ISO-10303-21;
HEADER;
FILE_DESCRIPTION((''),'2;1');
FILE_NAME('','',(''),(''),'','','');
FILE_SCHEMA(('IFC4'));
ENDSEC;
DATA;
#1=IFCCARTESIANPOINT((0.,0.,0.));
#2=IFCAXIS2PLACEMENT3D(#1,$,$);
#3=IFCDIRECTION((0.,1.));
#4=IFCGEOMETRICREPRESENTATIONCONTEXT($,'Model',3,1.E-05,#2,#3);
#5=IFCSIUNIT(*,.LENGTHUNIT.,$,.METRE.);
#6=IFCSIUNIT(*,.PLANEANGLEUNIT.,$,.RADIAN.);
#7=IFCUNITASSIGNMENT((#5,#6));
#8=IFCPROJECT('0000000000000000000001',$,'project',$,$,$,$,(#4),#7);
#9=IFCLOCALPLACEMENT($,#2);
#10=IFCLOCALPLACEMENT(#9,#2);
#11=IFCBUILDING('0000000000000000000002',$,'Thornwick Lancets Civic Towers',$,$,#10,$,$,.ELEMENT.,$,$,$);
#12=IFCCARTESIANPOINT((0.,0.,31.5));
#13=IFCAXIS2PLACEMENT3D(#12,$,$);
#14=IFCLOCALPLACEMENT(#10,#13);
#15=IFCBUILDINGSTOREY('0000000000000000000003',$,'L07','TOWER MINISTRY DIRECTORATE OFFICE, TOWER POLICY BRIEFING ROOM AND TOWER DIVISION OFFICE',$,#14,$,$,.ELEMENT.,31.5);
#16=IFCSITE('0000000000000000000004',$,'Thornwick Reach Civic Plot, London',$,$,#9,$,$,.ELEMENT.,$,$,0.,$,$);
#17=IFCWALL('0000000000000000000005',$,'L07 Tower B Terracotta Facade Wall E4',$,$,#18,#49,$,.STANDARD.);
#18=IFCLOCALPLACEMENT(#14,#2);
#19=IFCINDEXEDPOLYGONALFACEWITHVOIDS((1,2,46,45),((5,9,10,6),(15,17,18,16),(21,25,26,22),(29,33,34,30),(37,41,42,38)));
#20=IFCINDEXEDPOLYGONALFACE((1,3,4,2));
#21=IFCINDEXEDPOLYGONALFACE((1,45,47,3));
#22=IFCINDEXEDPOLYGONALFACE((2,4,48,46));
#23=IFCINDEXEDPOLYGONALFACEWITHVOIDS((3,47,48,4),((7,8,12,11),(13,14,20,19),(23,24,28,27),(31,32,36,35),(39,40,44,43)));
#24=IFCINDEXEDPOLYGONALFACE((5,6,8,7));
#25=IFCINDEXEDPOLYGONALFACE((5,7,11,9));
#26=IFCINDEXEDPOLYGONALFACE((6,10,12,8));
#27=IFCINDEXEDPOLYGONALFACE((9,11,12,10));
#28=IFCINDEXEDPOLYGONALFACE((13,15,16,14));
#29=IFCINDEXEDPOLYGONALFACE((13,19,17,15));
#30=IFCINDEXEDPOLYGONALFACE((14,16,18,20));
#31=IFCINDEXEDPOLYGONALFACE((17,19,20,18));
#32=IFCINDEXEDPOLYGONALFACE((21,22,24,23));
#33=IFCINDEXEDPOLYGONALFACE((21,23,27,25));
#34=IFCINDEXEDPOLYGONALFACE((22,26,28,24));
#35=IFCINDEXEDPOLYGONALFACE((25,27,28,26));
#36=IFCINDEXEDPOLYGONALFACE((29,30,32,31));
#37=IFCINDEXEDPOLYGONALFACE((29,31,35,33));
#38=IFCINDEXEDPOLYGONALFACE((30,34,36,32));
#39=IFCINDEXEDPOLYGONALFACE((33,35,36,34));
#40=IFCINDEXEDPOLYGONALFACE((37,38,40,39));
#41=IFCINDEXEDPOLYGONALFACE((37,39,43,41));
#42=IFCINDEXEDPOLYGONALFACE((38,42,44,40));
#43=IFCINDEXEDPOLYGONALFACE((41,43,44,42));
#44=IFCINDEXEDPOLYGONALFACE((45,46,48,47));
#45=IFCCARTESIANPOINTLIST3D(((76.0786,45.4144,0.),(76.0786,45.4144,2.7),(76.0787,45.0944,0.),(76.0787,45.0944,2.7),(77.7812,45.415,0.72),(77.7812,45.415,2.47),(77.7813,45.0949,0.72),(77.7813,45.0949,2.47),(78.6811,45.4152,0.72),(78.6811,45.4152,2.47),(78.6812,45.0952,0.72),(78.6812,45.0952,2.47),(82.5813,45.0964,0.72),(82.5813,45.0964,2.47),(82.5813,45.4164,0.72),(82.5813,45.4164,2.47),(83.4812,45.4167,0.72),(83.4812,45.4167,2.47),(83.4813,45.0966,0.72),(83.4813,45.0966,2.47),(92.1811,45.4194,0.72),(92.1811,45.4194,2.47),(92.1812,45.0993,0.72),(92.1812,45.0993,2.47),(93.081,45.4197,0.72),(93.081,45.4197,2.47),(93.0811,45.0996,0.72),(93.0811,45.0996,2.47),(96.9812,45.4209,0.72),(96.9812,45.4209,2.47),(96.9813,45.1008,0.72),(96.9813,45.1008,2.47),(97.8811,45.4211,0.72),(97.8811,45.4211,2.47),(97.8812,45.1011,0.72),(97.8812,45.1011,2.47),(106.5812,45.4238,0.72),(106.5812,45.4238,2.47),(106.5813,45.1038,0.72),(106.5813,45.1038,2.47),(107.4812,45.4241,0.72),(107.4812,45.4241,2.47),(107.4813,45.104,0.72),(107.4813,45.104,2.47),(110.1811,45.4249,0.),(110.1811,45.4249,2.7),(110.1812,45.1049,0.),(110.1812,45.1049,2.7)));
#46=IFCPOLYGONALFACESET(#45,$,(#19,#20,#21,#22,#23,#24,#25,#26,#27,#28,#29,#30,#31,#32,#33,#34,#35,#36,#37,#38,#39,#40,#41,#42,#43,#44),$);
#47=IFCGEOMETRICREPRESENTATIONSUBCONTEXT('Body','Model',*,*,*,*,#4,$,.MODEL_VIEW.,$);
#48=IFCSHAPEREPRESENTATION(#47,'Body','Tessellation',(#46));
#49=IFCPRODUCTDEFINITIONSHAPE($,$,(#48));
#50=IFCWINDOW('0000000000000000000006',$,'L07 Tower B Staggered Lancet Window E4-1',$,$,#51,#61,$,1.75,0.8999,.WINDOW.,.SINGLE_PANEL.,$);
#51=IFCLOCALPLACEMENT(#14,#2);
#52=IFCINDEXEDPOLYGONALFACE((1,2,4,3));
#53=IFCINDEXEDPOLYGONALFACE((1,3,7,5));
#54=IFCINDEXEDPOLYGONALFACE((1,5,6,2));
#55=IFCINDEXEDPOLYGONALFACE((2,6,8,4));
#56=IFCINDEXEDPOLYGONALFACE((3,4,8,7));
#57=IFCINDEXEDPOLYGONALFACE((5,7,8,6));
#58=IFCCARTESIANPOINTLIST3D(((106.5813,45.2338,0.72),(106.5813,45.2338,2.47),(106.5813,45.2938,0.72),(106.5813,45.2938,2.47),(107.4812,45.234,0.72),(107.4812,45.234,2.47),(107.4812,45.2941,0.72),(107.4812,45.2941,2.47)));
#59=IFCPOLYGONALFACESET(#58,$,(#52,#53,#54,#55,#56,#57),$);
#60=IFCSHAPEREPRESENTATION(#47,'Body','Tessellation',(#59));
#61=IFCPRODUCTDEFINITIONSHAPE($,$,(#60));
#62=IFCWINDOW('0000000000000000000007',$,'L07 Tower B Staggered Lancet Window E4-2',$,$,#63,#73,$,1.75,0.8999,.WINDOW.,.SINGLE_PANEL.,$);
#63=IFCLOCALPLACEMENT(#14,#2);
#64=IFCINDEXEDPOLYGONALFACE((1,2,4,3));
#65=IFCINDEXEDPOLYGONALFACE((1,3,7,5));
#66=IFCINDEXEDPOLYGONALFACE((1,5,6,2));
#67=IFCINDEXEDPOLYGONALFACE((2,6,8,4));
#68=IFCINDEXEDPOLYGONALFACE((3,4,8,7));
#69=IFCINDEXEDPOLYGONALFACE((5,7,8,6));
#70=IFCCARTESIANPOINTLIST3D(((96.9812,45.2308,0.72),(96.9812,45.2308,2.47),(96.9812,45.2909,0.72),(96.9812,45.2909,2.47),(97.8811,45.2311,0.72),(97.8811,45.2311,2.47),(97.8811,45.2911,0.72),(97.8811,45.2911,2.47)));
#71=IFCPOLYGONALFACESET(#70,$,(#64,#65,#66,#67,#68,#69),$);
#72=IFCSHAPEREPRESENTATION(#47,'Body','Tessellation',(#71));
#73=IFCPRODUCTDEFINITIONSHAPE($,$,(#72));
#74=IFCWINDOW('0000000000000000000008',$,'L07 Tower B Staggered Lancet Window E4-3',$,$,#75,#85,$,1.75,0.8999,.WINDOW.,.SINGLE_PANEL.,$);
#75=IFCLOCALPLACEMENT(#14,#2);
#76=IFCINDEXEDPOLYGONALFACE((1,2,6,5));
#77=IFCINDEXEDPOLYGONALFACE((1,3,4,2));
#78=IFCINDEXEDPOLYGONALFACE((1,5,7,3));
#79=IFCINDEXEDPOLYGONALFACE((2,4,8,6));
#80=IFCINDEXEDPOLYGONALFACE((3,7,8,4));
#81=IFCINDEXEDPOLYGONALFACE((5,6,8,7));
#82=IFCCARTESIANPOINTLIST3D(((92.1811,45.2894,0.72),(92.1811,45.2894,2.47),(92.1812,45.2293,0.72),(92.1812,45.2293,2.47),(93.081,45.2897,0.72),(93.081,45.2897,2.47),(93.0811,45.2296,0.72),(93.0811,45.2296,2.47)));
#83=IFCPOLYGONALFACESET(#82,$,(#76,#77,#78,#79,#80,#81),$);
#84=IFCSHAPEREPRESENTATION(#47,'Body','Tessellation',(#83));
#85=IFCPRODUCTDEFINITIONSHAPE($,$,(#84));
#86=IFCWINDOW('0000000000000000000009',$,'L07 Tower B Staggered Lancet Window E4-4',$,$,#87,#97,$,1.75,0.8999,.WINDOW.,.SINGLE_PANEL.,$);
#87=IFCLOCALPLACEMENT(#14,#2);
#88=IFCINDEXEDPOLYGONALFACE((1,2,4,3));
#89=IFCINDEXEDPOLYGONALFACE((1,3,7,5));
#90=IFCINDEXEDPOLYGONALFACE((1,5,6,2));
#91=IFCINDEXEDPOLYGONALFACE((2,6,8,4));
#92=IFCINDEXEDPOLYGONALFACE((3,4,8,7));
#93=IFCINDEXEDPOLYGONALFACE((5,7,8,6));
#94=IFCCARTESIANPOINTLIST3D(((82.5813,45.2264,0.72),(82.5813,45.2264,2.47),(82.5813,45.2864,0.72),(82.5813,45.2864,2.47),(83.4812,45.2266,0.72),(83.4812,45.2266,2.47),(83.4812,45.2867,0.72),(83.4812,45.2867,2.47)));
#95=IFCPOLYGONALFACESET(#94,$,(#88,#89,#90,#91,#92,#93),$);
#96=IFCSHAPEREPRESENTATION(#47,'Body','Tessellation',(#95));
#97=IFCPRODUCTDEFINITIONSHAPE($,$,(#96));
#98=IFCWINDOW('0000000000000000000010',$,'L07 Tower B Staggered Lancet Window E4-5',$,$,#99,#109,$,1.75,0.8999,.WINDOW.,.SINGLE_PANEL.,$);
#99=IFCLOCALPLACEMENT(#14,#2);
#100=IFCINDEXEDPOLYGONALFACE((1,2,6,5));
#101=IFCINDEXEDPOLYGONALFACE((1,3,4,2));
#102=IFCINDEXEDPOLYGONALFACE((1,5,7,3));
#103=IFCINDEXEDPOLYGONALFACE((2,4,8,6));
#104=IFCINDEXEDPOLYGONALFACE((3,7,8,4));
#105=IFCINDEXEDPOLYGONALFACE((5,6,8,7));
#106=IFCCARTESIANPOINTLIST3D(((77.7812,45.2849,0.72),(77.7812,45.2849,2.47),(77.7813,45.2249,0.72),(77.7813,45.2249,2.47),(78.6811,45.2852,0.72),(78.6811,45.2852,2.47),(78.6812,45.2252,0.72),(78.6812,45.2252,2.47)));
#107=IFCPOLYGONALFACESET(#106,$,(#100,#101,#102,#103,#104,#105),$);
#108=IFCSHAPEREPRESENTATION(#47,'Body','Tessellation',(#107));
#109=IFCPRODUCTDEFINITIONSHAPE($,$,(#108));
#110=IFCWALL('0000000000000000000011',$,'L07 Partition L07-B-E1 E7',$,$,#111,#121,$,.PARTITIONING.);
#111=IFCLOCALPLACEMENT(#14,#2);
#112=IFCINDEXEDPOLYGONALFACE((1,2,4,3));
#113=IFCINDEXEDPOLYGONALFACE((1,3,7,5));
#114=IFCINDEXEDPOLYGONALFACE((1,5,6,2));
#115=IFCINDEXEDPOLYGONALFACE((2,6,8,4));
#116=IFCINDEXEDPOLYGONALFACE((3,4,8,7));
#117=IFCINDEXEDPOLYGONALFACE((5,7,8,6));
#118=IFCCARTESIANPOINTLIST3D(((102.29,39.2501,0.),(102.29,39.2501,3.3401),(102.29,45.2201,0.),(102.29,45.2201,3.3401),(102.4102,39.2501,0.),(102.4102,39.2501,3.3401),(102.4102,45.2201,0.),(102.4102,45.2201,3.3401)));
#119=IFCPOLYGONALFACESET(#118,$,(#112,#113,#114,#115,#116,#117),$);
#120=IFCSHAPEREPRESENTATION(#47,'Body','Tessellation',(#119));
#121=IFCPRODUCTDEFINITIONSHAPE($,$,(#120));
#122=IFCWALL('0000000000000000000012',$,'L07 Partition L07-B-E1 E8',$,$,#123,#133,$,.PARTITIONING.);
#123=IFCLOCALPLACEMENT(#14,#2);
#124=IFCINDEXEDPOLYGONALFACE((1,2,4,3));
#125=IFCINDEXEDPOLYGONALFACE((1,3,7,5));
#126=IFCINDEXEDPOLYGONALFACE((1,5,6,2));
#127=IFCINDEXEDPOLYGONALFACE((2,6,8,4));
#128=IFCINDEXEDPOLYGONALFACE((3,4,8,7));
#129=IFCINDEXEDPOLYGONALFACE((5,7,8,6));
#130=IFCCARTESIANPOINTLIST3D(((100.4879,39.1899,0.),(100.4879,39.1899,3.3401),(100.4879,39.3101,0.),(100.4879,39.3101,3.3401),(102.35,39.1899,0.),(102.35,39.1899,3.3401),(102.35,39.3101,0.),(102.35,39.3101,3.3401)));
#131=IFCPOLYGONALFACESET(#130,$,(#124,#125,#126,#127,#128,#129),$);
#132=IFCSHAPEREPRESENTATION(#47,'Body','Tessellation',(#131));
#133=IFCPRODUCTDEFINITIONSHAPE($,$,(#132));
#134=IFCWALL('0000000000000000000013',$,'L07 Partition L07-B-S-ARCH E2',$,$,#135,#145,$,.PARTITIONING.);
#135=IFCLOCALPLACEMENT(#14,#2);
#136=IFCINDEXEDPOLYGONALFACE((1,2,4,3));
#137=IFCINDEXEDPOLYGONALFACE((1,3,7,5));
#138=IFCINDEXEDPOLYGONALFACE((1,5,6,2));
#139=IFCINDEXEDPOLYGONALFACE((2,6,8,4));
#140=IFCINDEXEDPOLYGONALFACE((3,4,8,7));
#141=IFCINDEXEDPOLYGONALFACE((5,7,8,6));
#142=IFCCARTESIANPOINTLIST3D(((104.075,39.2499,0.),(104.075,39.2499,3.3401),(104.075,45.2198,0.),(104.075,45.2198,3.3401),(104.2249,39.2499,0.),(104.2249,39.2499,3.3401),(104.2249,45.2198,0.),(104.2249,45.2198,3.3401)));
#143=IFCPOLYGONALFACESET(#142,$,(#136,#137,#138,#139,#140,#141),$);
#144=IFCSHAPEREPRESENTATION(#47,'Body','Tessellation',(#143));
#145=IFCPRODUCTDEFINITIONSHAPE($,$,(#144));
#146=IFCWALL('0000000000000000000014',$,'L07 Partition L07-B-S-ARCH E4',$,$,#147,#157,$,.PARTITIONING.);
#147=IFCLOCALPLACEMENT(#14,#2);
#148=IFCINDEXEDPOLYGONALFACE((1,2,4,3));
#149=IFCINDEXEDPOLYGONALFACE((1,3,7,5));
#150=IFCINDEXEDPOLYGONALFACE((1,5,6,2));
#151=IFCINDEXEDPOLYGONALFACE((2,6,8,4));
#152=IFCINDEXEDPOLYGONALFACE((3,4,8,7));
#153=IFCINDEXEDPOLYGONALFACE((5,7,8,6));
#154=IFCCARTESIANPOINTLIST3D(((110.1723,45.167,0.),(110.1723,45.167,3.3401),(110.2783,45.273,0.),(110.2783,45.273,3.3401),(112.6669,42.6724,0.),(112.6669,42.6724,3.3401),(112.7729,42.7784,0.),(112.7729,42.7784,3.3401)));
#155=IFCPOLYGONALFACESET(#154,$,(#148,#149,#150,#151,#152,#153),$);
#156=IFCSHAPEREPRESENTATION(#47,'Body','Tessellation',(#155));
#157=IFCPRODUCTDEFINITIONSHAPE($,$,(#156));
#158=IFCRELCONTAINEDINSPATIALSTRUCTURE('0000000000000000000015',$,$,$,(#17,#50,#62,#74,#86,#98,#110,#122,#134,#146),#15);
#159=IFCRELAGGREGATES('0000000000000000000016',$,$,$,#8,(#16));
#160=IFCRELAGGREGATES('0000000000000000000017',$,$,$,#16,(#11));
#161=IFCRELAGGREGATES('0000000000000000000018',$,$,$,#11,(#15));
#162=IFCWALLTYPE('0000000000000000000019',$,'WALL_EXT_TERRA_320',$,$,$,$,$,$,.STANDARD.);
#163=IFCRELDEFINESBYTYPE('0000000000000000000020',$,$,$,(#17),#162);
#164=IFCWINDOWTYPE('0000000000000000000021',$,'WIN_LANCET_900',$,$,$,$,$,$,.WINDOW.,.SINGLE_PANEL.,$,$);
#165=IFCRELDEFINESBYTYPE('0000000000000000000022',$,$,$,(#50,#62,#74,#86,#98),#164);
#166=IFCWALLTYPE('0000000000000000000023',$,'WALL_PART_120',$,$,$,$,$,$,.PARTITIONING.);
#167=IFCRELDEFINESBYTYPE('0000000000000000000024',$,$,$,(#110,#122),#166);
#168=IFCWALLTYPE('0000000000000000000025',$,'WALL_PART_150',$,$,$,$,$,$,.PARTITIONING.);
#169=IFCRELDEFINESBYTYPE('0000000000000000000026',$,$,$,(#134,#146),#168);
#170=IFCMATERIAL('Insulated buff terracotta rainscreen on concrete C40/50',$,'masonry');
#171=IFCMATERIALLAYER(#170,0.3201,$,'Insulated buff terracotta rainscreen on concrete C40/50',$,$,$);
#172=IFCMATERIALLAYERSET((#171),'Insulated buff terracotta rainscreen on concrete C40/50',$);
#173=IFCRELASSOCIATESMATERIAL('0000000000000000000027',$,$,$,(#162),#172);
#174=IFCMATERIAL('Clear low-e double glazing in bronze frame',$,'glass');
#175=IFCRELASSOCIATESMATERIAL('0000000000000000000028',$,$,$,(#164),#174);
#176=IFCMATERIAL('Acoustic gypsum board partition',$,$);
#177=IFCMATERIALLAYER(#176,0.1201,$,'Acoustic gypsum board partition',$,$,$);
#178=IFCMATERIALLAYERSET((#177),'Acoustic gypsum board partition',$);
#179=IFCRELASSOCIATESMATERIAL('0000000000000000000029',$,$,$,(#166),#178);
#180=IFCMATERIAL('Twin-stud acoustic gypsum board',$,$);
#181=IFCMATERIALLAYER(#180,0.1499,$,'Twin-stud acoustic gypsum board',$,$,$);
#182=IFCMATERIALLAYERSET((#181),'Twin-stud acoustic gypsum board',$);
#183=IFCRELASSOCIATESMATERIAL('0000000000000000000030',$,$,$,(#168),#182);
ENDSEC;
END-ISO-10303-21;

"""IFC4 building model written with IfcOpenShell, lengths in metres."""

from ifc_helpers import new_model, si_unit, direction, frame, frame_2d, origin, place, context, subcontext, project, spatial, rectangle, extrude, material, layer, layer_set, type_object, element, fill, save


model = new_model("IFC4")

# Units and contexts
model_context = context("Model", 3, precision=1e-05, world=origin(), true_north=direction((0.0, 1.0)))
body_context = subcontext(model_context, "Body", "Model", "MODEL_VIEW")
ifc_project = project(units=[si_unit("LENGTHUNIT", "METRE"), si_unit("PLANEANGLEUNIT", "RADIAN")], contexts=[model_context])

# Site, building, storey
site_placement = place(None, origin())
site = spatial("IfcSite", under=ifc_project, at=site_placement, Name="Thornwick Reach Civic Plot, London", CompositionType="ELEMENT", RefElevation=0.0)
building_placement = place(site_placement, origin())
building = spatial("IfcBuilding", under=site, at=building_placement, Name="Thornwick Lancets Civic Towers", CompositionType="ELEMENT")
storey_placement = place(building_placement, frame((0.0, 0.0, 31.5)))
storey = spatial("IfcBuildingStorey", under=building, at=storey_placement, Name="L07", Description="TOWER MINISTRY DIRECTORATE OFFICE, TOWER POLICY BRIEFING ROOM AND TOWER DIVISION OFFICE", CompositionType="ELEMENT", Elevation=31.5)

# Wall, openings, windows
ifc_material_1 = material(Name="Insulated buff terracotta rainscreen on concrete C40/50", Category="masonry")
ifc_layer_1 = layer(ifc_material_1, 0.3201, Name="Insulated buff terracotta rainscreen on concrete C40/50")
ifc_layer_set_1 = layer_set([ifc_layer_1], Name="Insulated buff terracotta rainscreen on concrete C40/50")
wall_type_1 = type_object("IfcWallType", Name="WALL_EXT_TERRA_320", PredefinedType="STANDARD", material=ifc_layer_set_1)
wall_1_placement = place(storey_placement, frame((110.1812, 45.2649, 0.0), z_axis=(0.0, 0.0, 1.0), x_axis=(-1.0, -0.000308, 0.0)))
wall_1 = element("IfcWall", 1, at=wall_1_placement, inside=storey, type_object=wall_type_1, Name="L07 Tower B Terracotta Facade Wall E4", PredefinedType="STANDARD", context=body_context, shape_type="SweptSolid", body=[
    extrude(rectangle(XDim=34.1025, YDim=0.3201, at=frame_2d((17.0513, 0.0))), origin(), (0.0, 0.0, 1.0), 2.7),
])
opening_1_placement = place(wall_1_placement, frame((2.7, 0.0, 0.72)))
opening_1 = element("IfcOpeningElement", 2, at=opening_1_placement, cuts=wall_1, PredefinedType="OPENING", context=body_context, shape_type="SweptSolid", body=[
    extrude(rectangle(XDim=0.8999, YDim=1.75, at=frame_2d((0.45, 0.875))), frame((0.0, 0.1699, 0.0), z_axis=(0.0, -1.0, 0.0), x_axis=(1.0, 0.0, 0.0)), (0.0, 0.0, 1.0), 0.3401),
])
opening_2_placement = place(wall_1_placement, frame((12.3, 0.0, 0.72)))
opening_2 = element("IfcOpeningElement", 3, at=opening_2_placement, cuts=wall_1, PredefinedType="OPENING", context=body_context, shape_type="SweptSolid", body=[
    extrude(rectangle(XDim=0.8999, YDim=1.75, at=frame_2d((0.45, 0.875))), frame((0.0, 0.1699, 0.0), z_axis=(0.0, -1.0, 0.0), x_axis=(1.0, 0.0, 0.0)), (0.0, 0.0, 1.0), 0.3401),
])
opening_3_placement = place(wall_1_placement, frame((17.1001, 0.0, 0.72)))
opening_3 = element("IfcOpeningElement", 4, at=opening_3_placement, cuts=wall_1, PredefinedType="OPENING", context=body_context, shape_type="SweptSolid", body=[
    extrude(rectangle(XDim=0.8999, YDim=1.75, at=frame_2d((0.45, 0.875))), frame((0.0, 0.1699, 0.0), z_axis=(0.0, -1.0, 0.0), x_axis=(1.0, 0.0, 0.0)), (0.0, 0.0, 1.0), 0.3401),
])
opening_4_placement = place(wall_1_placement, frame((26.7, 0.0, 0.72)))
opening_4 = element("IfcOpeningElement", 5, at=opening_4_placement, cuts=wall_1, PredefinedType="OPENING", context=body_context, shape_type="SweptSolid", body=[
    extrude(rectangle(XDim=0.8999, YDim=1.75, at=frame_2d((0.45, 0.875))), frame((0.0, 0.1699, 0.0), z_axis=(0.0, -1.0, 0.0), x_axis=(1.0, 0.0, 0.0)), (0.0, 0.0, 1.0), 0.3401),
])
opening_5_placement = place(wall_1_placement, frame((31.5, 0.0, 0.72)))
opening_5 = element("IfcOpeningElement", 6, at=opening_5_placement, cuts=wall_1, PredefinedType="OPENING", context=body_context, shape_type="SweptSolid", body=[
    extrude(rectangle(XDim=0.8999, YDim=1.75, at=frame_2d((0.45, 0.875))), frame((0.0, 0.1699, 0.0), z_axis=(0.0, -1.0, 0.0), x_axis=(1.0, 0.0, 0.0)), (0.0, 0.0, 1.0), 0.3401),
])
ifc_material_2 = material(Name="Clear low-e double glazing in bronze frame", Category="glass")
window_type = type_object("IfcWindowType", Name="WIN_LANCET_900", PartitioningType="SINGLE_PANEL", PredefinedType="WINDOW", material=ifc_material_2)
window_1_placement = place(opening_1_placement, origin())
window_1 = element("IfcWindow", 7, at=window_1_placement, inside=storey, type_object=window_type, Name="L07 Tower B Staggered Lancet Window E4-1", OverallHeight=1.75, OverallWidth=0.8999, PartitioningType="SINGLE_PANEL", PredefinedType="WINDOW", context=body_context, shape_type="SweptSolid", body=[
    extrude(rectangle(XDim=0.8999, YDim=1.75, at=frame_2d((0.45, 0.875))), frame((0.0, 0.03, 0.0), z_axis=(0.0, -1.0, 0.0), x_axis=(1.0, 0.0, 0.0)), (0.0, 0.0, 1.0), 0.0601),
])
fill(opening_1, window_1)
window_2_placement = place(opening_2_placement, origin())
window_2 = element("IfcWindow", 8, at=window_2_placement, inside=storey, type_object=window_type, Name="L07 Tower B Staggered Lancet Window E4-2", OverallHeight=1.75, OverallWidth=0.8999, PartitioningType="SINGLE_PANEL", PredefinedType="WINDOW", context=body_context, shape_type="SweptSolid", body=[
    extrude(rectangle(XDim=0.8999, YDim=1.75, at=frame_2d((0.45, 0.875))), frame((0.0, 0.03, 0.0), z_axis=(0.0, -1.0, 0.0), x_axis=(1.0, 0.0, 0.0)), (0.0, 0.0, 1.0), 0.0601),
])
fill(opening_2, window_2)
window_3_placement = place(opening_3_placement, origin())
window_3 = element("IfcWindow", 9, at=window_3_placement, inside=storey, type_object=window_type, Name="L07 Tower B Staggered Lancet Window E4-3", OverallHeight=1.75, OverallWidth=0.8999, PartitioningType="SINGLE_PANEL", PredefinedType="WINDOW", context=body_context, shape_type="SweptSolid", body=[
    extrude(rectangle(XDim=0.8999, YDim=1.75, at=frame_2d((0.45, 0.875))), frame((0.0, 0.03, 0.0), z_axis=(0.0, -1.0, 0.0), x_axis=(1.0, 0.0, 0.0)), (0.0, 0.0, 1.0), 0.0601),
])
fill(opening_3, window_3)
window_4_placement = place(opening_4_placement, origin())
window_4 = element("IfcWindow", 10, at=window_4_placement, inside=storey, type_object=window_type, Name="L07 Tower B Staggered Lancet Window E4-4", OverallHeight=1.75, OverallWidth=0.8999, PartitioningType="SINGLE_PANEL", PredefinedType="WINDOW", context=body_context, shape_type="SweptSolid", body=[
    extrude(rectangle(XDim=0.8999, YDim=1.75, at=frame_2d((0.45, 0.875))), frame((0.0, 0.03, 0.0), z_axis=(0.0, -1.0, 0.0), x_axis=(1.0, 0.0, 0.0)), (0.0, 0.0, 1.0), 0.0601),
])
fill(opening_4, window_4)
window_5_placement = place(opening_5_placement, origin())
window_5 = element("IfcWindow", 11, at=window_5_placement, inside=storey, type_object=window_type, Name="L07 Tower B Staggered Lancet Window E4-5", OverallHeight=1.75, OverallWidth=0.8999, PartitioningType="SINGLE_PANEL", PredefinedType="WINDOW", context=body_context, shape_type="SweptSolid", body=[
    extrude(rectangle(XDim=0.8999, YDim=1.75, at=frame_2d((0.45, 0.875))), frame((0.0, 0.03, 0.0), z_axis=(0.0, -1.0, 0.0), x_axis=(1.0, 0.0, 0.0)), (0.0, 0.0, 1.0), 0.0601),
])
fill(opening_5, window_5)

# Walls
ifc_material_3 = material(Name="Acoustic gypsum board partition")
ifc_layer_2 = layer(ifc_material_3, 0.1201, Name="Acoustic gypsum board partition")
ifc_layer_set_2 = layer_set([ifc_layer_2], Name="Acoustic gypsum board partition")
wall_type_2 = type_object("IfcWallType", Name="WALL_PART_120", PredefinedType="PARTITIONING", material=ifc_layer_set_2)
wall_2_placement = place(storey_placement, frame((102.3501, 45.22, 0.0), z_axis=(0.0, 0.0, 1.0), x_axis=(0.0, -1.0, 0.0)))
element("IfcWall", 12, at=wall_2_placement, inside=storey, type_object=wall_type_2, Name="L07 Partition L07-B-E1 E7", PredefinedType="PARTITIONING", context=body_context, shape_type="SweptSolid", body=[
    extrude(rectangle(XDim=5.97, YDim=0.1201, at=frame_2d((2.9849, 0.0))), origin(), (0.0, 0.0, 1.0), 3.3401),
])
wall_3_placement = place(storey_placement, frame((102.3501, 39.25, 0.0), z_axis=(0.0, 0.0, 1.0), x_axis=(-1.0, 0.0, 0.0)))
element("IfcWall", 13, at=wall_3_placement, inside=storey, type_object=wall_type_2, Name="L07 Partition L07-B-E1 E8", PredefinedType="PARTITIONING", context=body_context, shape_type="SweptSolid", body=[
    extrude(rectangle(XDim=1.8621, YDim=0.1201, at=frame_2d((0.9312, 0.0))), origin(), (0.0, 0.0, 1.0), 3.3401),
])
ifc_material_4 = material(Name="Twin-stud acoustic gypsum board")
ifc_layer_3 = layer(ifc_material_4, 0.1499, Name="Twin-stud acoustic gypsum board")
ifc_layer_set_3 = layer_set([ifc_layer_3], Name="Twin-stud acoustic gypsum board")
wall_type_3 = type_object("IfcWallType", Name="WALL_PART_150", PredefinedType="PARTITIONING", material=ifc_layer_set_3)
wall_4_placement = place(storey_placement, frame((104.1499, 39.25, 0.0), z_axis=(0.0, 0.0, 1.0), x_axis=(0.0, 1.0, 0.0)))
element("IfcWall", 14, at=wall_4_placement, inside=storey, type_object=wall_type_3, Name="L07 Partition L07-B-S-ARCH E2", PredefinedType="PARTITIONING", context=body_context, shape_type="SweptSolid", body=[
    extrude(rectangle(XDim=5.97, YDim=0.1499, at=frame_2d((2.9849, 0.0))), origin(), (0.0, 0.0, 1.0), 3.3401),
])
wall_5_placement = place(storey_placement, frame((110.2253, 45.22, 0.0), z_axis=(0.0, 0.0, 1.0), x_axis=(0.707107, -0.707107, 0.0)))
element("IfcWall", 15, at=wall_5_placement, inside=storey, type_object=wall_type_3, Name="L07 Partition L07-B-S-ARCH E4", PredefinedType="PARTITIONING", context=body_context, shape_type="SweptSolid", body=[
    extrude(rectangle(XDim=3.5278, YDim=0.1499, at=frame_2d((1.7639, 0.0))), origin(), (0.0, 0.0, 1.0), 3.3401),
])

save(model, "model.ifc")
